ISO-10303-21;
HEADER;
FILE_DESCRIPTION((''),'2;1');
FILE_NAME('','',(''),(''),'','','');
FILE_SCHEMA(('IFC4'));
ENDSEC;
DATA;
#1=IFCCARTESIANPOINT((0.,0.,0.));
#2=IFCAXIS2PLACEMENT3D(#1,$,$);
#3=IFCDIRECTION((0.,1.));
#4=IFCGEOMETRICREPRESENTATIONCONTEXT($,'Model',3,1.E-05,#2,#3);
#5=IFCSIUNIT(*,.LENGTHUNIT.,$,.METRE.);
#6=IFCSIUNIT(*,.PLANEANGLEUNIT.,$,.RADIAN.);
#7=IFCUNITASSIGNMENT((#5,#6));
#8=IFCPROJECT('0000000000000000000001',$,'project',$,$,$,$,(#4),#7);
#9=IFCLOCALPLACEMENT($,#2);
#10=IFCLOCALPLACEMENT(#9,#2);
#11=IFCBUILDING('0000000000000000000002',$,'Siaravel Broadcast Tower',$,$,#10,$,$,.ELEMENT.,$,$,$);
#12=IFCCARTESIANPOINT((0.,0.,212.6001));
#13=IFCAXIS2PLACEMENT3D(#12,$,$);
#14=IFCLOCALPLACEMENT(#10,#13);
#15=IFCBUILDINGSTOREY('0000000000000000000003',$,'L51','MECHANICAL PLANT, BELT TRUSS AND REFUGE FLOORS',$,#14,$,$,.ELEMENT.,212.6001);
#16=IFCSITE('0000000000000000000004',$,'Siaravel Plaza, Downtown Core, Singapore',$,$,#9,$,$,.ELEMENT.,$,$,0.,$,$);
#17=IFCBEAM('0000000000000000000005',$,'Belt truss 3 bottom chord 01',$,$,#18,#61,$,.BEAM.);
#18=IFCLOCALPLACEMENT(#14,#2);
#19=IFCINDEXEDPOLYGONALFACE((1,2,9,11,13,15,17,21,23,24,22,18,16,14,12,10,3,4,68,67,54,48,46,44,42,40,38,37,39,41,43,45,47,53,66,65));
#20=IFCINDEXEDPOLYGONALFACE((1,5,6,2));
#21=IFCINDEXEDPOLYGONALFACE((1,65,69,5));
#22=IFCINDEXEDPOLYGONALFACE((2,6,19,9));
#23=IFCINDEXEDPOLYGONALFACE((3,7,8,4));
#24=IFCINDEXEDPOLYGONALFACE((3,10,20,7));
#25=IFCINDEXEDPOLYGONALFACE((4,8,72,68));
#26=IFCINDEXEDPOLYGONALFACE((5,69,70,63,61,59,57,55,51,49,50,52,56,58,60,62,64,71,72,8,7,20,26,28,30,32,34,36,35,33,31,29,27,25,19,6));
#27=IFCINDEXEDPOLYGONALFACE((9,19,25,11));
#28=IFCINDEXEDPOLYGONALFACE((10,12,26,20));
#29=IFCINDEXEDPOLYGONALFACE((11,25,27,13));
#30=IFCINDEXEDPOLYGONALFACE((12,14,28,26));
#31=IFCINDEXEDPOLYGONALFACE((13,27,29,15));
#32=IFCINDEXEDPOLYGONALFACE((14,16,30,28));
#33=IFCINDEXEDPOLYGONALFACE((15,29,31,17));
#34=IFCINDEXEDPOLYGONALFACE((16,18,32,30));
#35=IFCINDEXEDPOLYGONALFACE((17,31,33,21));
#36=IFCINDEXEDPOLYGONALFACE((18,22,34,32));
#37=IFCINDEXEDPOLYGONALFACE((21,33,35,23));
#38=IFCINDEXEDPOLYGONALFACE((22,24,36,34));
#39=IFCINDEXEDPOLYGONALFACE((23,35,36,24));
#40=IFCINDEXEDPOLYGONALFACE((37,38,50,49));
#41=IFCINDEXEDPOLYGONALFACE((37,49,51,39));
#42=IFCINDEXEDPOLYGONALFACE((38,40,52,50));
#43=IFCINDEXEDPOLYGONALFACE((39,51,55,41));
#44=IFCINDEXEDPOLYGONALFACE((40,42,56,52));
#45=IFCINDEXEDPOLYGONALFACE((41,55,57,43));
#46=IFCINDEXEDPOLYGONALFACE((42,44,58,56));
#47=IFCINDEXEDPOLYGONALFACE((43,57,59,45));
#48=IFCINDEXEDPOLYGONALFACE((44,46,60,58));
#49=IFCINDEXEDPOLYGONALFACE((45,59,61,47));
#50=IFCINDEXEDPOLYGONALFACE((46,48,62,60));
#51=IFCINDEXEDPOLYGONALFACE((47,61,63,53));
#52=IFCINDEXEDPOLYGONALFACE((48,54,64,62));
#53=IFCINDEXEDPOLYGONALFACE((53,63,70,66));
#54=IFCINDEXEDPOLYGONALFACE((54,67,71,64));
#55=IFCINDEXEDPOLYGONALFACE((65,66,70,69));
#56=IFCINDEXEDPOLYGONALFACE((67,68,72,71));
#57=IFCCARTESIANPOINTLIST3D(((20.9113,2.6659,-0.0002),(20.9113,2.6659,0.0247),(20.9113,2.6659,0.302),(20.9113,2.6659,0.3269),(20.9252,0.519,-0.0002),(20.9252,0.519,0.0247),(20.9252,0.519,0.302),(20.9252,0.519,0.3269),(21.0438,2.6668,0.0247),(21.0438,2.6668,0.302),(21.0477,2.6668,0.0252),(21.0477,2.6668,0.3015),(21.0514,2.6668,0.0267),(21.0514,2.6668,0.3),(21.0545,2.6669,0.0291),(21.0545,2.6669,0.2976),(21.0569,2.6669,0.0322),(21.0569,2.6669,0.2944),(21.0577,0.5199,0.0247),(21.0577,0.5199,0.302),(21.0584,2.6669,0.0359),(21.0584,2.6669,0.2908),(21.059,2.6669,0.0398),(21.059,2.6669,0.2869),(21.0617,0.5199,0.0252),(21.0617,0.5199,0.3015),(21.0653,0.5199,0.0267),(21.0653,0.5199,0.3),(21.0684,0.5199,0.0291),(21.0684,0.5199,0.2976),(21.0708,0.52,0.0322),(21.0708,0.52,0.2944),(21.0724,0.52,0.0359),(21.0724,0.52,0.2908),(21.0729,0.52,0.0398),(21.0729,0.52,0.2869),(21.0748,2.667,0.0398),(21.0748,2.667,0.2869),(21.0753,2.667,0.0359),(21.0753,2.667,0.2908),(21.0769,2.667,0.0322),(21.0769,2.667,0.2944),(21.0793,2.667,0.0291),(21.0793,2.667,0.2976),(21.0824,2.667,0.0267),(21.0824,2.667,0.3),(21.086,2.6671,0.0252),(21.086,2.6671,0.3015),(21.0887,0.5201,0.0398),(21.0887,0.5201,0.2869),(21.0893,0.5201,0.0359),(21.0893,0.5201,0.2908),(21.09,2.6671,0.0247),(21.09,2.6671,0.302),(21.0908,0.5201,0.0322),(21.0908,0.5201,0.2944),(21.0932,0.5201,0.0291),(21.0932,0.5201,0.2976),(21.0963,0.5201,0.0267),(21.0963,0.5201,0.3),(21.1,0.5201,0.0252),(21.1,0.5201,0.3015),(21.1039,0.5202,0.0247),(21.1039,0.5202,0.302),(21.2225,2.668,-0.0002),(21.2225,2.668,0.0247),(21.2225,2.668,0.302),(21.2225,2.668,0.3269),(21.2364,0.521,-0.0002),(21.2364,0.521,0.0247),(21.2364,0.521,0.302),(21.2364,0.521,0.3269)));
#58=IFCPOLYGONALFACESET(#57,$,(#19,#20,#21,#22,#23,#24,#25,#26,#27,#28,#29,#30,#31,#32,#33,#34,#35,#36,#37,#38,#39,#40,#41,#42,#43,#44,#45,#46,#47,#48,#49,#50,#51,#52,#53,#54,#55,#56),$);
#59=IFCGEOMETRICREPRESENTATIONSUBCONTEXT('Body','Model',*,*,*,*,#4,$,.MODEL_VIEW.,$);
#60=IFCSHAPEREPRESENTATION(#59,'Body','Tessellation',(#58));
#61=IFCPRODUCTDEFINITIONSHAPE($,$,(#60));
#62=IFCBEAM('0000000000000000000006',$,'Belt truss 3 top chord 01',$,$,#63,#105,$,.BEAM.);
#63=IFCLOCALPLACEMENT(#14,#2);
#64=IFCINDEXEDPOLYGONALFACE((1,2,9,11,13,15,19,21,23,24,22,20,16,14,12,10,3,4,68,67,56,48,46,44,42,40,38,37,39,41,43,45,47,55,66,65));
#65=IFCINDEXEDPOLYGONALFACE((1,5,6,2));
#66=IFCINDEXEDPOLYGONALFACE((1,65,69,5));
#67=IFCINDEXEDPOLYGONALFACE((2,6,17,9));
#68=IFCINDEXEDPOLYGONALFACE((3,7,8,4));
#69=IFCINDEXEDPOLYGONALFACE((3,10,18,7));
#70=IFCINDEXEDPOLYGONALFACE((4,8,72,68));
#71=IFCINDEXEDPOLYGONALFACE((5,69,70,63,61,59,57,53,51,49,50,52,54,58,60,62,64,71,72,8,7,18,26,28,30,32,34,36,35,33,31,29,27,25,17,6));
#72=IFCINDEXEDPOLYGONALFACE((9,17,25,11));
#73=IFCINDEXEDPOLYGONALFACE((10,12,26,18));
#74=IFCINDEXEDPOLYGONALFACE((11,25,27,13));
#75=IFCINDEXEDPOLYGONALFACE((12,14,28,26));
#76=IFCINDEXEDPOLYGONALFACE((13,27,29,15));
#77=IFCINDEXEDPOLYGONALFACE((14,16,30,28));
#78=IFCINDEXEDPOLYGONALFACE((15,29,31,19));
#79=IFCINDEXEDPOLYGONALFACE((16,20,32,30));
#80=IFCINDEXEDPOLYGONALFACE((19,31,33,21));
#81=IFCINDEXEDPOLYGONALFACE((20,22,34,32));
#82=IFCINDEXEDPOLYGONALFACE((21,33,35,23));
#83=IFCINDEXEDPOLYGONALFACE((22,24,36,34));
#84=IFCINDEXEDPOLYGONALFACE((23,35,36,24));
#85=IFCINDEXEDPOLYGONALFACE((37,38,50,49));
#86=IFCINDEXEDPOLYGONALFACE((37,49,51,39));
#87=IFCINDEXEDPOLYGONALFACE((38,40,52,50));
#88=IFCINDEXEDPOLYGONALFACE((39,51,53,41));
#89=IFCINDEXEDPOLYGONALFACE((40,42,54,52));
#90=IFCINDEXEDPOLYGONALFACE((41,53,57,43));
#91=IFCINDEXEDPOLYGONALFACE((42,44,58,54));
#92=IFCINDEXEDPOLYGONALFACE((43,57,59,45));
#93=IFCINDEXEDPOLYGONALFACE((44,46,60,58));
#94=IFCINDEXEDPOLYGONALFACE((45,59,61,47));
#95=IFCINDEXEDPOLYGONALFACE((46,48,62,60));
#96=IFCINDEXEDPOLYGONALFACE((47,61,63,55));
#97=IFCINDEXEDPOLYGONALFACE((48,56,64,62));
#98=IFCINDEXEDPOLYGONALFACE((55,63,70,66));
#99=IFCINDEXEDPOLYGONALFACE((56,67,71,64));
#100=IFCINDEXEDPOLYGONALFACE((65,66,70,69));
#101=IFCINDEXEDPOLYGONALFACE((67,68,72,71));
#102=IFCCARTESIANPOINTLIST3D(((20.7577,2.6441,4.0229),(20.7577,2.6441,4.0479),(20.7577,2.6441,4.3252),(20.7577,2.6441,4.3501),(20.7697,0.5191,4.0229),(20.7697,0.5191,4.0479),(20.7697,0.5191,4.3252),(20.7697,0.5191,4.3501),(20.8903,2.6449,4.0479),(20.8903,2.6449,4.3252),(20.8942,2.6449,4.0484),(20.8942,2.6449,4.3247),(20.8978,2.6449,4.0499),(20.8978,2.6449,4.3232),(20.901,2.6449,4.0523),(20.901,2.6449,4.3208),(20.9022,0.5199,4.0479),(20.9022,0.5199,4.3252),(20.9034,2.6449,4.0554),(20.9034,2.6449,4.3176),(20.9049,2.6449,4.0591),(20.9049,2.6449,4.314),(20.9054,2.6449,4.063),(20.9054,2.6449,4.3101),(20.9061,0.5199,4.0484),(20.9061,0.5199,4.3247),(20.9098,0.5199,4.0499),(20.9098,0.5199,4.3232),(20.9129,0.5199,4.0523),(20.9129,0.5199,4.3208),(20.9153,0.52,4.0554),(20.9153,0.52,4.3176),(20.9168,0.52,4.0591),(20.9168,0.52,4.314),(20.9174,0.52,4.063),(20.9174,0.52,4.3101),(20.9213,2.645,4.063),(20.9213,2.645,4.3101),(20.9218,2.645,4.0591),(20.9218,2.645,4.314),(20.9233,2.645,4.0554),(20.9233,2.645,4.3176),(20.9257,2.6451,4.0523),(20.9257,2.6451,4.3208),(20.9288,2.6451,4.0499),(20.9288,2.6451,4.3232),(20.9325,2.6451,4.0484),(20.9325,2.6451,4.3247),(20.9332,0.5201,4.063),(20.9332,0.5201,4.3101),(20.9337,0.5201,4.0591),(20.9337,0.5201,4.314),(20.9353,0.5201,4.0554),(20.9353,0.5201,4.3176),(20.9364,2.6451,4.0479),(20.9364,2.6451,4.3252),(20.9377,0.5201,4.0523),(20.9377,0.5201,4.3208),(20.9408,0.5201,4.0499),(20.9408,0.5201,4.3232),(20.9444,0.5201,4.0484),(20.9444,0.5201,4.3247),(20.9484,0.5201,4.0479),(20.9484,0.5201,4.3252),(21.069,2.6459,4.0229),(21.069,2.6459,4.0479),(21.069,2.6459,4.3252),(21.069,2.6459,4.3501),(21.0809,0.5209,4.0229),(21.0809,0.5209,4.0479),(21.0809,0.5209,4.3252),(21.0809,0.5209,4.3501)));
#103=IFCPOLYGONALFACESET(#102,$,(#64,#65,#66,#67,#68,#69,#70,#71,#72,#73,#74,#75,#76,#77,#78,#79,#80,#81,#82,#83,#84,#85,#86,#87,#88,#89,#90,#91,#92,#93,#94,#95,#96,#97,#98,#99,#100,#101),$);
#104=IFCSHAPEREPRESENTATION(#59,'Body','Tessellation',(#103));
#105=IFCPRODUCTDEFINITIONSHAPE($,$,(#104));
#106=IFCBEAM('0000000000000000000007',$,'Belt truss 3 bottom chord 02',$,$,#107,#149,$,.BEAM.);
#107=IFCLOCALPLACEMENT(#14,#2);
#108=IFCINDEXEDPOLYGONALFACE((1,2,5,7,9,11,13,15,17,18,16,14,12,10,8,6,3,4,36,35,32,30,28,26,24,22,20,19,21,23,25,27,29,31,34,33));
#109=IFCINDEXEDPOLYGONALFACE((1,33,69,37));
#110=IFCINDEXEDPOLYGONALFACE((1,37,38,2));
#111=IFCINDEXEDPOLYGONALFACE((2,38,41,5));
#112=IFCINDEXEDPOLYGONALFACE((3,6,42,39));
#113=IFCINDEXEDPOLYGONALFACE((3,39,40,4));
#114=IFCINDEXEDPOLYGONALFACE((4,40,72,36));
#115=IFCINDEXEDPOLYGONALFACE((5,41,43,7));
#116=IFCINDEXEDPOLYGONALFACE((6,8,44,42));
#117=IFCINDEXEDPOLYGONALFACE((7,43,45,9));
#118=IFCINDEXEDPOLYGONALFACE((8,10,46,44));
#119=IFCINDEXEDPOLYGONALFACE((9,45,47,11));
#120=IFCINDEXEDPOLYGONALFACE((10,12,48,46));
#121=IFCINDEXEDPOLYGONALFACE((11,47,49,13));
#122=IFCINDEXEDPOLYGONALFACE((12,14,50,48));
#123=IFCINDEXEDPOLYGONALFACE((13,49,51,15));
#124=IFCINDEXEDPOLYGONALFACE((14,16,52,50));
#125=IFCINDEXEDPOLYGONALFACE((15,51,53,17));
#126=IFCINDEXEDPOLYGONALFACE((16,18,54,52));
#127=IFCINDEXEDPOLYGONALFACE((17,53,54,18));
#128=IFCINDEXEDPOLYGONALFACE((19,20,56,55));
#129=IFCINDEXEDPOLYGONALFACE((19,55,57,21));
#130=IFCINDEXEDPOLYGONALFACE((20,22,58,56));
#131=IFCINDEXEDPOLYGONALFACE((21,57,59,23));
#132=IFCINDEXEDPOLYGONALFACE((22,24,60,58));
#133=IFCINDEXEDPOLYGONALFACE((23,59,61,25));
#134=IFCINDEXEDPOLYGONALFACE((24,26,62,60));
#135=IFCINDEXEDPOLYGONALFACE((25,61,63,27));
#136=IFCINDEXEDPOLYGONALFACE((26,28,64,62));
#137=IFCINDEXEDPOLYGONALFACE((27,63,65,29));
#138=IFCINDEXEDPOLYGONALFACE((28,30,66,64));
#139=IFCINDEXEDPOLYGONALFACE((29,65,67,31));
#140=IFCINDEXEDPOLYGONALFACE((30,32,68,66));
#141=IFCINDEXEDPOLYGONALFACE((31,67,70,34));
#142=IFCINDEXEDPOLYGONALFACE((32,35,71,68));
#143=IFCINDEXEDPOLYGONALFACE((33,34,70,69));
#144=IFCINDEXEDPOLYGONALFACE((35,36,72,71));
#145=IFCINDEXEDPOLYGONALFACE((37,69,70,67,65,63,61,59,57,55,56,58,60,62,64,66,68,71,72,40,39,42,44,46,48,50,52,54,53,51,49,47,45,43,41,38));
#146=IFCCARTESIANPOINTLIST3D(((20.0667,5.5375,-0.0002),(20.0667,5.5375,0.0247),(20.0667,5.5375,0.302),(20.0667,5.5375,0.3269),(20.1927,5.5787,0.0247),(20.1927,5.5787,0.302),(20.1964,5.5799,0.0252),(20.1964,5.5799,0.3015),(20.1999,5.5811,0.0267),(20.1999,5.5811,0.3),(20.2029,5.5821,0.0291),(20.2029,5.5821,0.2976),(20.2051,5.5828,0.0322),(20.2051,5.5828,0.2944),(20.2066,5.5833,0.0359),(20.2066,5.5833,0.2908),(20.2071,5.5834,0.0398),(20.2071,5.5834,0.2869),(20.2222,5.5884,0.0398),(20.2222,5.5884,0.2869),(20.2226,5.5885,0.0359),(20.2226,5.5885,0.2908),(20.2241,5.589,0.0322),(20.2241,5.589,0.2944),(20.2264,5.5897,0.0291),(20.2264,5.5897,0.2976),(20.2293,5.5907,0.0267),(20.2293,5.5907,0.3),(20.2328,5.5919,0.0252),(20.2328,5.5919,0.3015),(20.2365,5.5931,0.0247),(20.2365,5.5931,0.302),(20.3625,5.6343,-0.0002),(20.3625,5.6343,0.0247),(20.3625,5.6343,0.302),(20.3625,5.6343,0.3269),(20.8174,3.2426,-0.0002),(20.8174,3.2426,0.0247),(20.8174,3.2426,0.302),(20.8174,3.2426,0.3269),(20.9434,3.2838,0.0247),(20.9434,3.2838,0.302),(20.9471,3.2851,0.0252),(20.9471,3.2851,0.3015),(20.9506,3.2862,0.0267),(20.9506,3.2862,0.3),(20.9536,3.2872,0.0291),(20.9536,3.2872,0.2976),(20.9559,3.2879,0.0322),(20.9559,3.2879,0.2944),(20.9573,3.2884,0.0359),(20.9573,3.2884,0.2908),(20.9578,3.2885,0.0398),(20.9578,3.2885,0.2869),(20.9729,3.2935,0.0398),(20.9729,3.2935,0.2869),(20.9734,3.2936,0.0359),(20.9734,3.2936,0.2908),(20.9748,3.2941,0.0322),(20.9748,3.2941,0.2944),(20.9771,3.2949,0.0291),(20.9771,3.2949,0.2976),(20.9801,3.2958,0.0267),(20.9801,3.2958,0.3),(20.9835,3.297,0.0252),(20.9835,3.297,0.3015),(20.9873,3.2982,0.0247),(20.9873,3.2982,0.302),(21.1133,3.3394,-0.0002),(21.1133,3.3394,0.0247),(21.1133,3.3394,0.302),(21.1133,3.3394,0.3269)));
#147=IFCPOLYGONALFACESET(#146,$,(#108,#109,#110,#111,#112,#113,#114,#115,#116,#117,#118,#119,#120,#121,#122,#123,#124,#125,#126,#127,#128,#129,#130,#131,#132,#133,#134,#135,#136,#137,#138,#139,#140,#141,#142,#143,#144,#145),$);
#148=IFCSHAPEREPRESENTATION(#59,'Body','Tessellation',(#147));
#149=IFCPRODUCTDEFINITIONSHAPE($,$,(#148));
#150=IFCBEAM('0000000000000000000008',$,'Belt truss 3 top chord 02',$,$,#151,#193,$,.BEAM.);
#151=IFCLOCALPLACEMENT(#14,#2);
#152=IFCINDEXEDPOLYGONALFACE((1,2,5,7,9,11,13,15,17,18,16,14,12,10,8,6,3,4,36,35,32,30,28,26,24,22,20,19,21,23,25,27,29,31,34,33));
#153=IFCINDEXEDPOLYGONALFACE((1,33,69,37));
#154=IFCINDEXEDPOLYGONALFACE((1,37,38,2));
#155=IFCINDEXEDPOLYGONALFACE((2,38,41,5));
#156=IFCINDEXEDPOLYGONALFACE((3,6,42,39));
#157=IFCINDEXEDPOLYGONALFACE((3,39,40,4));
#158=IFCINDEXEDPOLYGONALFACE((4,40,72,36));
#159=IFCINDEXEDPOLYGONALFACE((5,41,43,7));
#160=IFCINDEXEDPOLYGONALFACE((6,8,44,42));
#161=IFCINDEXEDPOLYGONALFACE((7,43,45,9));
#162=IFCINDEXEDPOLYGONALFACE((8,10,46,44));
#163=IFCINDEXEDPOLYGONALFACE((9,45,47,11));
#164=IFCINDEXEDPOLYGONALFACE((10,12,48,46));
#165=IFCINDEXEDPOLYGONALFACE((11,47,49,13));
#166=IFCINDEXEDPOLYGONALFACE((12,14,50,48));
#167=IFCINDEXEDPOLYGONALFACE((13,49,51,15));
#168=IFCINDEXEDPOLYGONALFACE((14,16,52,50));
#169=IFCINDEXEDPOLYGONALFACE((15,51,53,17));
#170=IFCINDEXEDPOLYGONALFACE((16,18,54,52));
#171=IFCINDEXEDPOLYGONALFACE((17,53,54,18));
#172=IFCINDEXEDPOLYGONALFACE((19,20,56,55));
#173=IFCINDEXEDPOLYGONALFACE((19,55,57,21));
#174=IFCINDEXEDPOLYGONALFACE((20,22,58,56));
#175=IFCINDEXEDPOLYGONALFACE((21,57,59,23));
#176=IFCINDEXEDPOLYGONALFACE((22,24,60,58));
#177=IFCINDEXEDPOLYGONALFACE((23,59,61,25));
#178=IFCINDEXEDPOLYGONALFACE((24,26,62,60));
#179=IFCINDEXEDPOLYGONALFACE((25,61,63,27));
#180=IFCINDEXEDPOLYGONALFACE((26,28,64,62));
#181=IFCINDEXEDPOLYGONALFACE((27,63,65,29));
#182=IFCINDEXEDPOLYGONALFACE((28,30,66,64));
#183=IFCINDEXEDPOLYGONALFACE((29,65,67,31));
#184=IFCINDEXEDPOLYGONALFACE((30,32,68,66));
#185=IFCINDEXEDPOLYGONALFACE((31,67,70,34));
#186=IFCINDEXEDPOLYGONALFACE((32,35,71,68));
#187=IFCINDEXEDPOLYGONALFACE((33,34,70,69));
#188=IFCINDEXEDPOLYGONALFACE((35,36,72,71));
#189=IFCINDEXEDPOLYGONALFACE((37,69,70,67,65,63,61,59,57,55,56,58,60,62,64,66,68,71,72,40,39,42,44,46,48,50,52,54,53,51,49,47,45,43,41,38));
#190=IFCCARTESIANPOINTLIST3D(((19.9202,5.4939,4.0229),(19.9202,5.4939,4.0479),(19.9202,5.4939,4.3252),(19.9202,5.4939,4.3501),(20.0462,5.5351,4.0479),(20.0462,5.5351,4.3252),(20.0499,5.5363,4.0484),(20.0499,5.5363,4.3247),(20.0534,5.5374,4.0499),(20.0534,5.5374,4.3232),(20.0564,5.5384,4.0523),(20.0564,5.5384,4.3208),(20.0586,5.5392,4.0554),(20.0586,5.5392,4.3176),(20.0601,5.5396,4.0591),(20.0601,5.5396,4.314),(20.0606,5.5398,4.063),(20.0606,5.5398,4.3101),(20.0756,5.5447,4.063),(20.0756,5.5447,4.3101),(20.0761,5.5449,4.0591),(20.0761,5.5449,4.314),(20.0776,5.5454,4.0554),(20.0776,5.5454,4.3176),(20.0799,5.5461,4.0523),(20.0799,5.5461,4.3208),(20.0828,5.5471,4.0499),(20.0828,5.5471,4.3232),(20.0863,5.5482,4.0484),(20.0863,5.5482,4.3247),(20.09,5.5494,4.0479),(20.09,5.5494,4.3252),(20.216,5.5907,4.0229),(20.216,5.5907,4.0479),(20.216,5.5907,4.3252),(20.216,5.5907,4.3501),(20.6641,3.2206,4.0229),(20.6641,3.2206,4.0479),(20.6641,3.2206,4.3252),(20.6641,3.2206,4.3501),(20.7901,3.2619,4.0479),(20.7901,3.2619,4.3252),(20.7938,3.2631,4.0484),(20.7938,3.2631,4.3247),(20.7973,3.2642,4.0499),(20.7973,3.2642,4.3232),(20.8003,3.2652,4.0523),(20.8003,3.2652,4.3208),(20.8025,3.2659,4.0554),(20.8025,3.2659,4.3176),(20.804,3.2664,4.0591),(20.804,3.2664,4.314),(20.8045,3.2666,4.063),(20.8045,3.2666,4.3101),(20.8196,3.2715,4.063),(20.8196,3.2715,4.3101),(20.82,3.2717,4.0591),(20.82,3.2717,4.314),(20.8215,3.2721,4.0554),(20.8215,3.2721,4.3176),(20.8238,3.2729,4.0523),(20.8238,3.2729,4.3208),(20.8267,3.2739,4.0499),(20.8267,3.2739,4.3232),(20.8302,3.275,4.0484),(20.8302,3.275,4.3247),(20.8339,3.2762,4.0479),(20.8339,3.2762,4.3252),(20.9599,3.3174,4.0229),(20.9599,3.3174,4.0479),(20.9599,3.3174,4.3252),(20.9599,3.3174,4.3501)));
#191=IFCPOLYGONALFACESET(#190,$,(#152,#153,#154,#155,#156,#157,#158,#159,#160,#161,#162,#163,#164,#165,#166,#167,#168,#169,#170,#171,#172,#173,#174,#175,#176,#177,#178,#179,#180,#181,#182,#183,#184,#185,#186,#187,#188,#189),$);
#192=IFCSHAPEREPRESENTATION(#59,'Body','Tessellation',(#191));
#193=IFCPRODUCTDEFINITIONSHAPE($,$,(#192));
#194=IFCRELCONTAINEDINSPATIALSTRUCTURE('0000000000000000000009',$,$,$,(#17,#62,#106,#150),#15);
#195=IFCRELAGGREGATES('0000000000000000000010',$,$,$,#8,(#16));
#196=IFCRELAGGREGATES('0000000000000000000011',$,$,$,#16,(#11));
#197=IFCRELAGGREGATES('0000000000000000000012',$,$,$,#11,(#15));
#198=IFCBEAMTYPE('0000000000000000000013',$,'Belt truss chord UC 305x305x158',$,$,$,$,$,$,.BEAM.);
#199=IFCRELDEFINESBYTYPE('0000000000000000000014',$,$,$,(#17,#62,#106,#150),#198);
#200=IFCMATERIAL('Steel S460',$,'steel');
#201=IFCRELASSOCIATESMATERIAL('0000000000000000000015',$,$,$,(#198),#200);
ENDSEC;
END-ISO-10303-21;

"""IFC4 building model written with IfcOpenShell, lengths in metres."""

from ifc_helpers import new_model, si_unit, direction, frame, origin, origin_2d, place, context, subcontext, project, spatial, i_section, extrude, material, material_profile, profile_set, type_object, element, save


model = new_model("IFC4")

# Units and contexts
model_context = context("Model", 3, precision=1e-05, world=origin(), true_north=direction((0.0, 1.0)))
body_context = subcontext(model_context, "Body", "Model", "MODEL_VIEW")
ifc_project = project(units=[si_unit("LENGTHUNIT", "METRE"), si_unit("PLANEANGLEUNIT", "RADIAN")], contexts=[model_context])

# Site, building, storey
site_placement = place(None, origin())
site = spatial("IfcSite", under=ifc_project, at=site_placement, Name="Siaravel Plaza, Downtown Core, Singapore", CompositionType="ELEMENT", RefElevation=0.0)
building_placement = place(site_placement, origin())
building = spatial("IfcBuilding", under=site, at=building_placement, Name="Siaravel Broadcast Tower", CompositionType="ELEMENT")
storey_placement = place(building_placement, frame((0.0, 0.0, 212.6001)))
storey = spatial("IfcBuildingStorey", under=building, at=storey_placement, Name="L51", Description="MECHANICAL PLANT, BELT TRUSS AND REFUGE FLOORS", CompositionType="ELEMENT", Elevation=212.6001)

# Beams
ifc_material_1 = material(Name="Steel S460", Category="steel")
ifc_material_profile_1 = material_profile(ifc_material_1, i_section(OverallWidth=0.3113, OverallDepth=0.3271, WebThickness=0.0159, FlangeThickness=0.0249, FilletRadius=0.0151, at=origin_2d()))
ifc_profile_set_1 = profile_set([ifc_material_profile_1], Name="Steel S460")
beam_type_1 = type_object("IfcBeamType", Name="Belt truss chord UC 305x305x158", PredefinedType="BEAM", material=ifc_profile_set_1)
beam_1_placement = place(storey_placement, frame((21.0808, 0.52, 0.1633), z_axis=(-0.006482, 0.999979, 0.0), x_axis=(-0.999979, -0.006482, 0.0)))
element("IfcBeam", 1, at=beam_1_placement, inside=storey, type_object=beam_type_1, Name="Belt truss 3 bottom chord 01", PredefinedType="BEAM", context=body_context, shape_type="SweptSolid", body=[
    extrude(i_section(OverallWidth=0.3113, OverallDepth=0.3271, WebThickness=0.0159, FlangeThickness=0.0249, FilletRadius=0.0151, at=origin_2d()), origin(), (0.0, 0.0, 1.0), 2.147),
])
beam_2_placement = place(storey_placement, frame((20.9253, 0.52, 4.1865), z_axis=(-0.00563, 0.999984, 0.0), x_axis=(-0.999984, -0.00563, 0.0)))
element("IfcBeam", 2, at=beam_2_placement, inside=storey, type_object=beam_type_1, Name="Belt truss 3 top chord 01", PredefinedType="BEAM", context=body_context, shape_type="SweptSolid", body=[
    extrude(i_section(OverallWidth=0.3113, OverallDepth=0.3271, WebThickness=0.0159, FlangeThickness=0.0249, FilletRadius=0.0151, at=origin_2d()), origin(), (0.0, 0.0, 1.0), 2.125),
])
beam_3_placement = place(storey_placement, frame((20.9653, 3.291, 0.1633), z_axis=(-0.310915, 0.950438, 0.0), x_axis=(-0.950438, -0.310915, 0.0)))
element("IfcBeam", 3, at=beam_3_placement, inside=storey, type_object=beam_type_1, Name="Belt truss 3 bottom chord 02", PredefinedType="BEAM", context=body_context, shape_type="SweptSolid", body=[
    extrude(i_section(OverallWidth=0.3113, OverallDepth=0.3271, WebThickness=0.0159, FlangeThickness=0.0249, FilletRadius=0.0151, at=origin_2d()), origin(), (0.0, 0.0, 1.0), 2.4146),
])
beam_4_placement = place(storey_placement, frame((20.812, 3.269, 4.1865), z_axis=(-0.311017, 0.950404, 0.0), x_axis=(-0.950404, -0.311017, 0.0)))
element("IfcBeam", 4, at=beam_4_placement, inside=storey, type_object=beam_type_1, Name="Belt truss 3 top chord 02", PredefinedType="BEAM", context=body_context, shape_type="SweptSolid", body=[
    extrude(i_section(OverallWidth=0.3113, OverallDepth=0.3271, WebThickness=0.0159, FlangeThickness=0.0249, FilletRadius=0.0151, at=origin_2d()), origin(), (0.0, 0.0, 1.0), 2.3918),
])

save(model, "model.ifc")
